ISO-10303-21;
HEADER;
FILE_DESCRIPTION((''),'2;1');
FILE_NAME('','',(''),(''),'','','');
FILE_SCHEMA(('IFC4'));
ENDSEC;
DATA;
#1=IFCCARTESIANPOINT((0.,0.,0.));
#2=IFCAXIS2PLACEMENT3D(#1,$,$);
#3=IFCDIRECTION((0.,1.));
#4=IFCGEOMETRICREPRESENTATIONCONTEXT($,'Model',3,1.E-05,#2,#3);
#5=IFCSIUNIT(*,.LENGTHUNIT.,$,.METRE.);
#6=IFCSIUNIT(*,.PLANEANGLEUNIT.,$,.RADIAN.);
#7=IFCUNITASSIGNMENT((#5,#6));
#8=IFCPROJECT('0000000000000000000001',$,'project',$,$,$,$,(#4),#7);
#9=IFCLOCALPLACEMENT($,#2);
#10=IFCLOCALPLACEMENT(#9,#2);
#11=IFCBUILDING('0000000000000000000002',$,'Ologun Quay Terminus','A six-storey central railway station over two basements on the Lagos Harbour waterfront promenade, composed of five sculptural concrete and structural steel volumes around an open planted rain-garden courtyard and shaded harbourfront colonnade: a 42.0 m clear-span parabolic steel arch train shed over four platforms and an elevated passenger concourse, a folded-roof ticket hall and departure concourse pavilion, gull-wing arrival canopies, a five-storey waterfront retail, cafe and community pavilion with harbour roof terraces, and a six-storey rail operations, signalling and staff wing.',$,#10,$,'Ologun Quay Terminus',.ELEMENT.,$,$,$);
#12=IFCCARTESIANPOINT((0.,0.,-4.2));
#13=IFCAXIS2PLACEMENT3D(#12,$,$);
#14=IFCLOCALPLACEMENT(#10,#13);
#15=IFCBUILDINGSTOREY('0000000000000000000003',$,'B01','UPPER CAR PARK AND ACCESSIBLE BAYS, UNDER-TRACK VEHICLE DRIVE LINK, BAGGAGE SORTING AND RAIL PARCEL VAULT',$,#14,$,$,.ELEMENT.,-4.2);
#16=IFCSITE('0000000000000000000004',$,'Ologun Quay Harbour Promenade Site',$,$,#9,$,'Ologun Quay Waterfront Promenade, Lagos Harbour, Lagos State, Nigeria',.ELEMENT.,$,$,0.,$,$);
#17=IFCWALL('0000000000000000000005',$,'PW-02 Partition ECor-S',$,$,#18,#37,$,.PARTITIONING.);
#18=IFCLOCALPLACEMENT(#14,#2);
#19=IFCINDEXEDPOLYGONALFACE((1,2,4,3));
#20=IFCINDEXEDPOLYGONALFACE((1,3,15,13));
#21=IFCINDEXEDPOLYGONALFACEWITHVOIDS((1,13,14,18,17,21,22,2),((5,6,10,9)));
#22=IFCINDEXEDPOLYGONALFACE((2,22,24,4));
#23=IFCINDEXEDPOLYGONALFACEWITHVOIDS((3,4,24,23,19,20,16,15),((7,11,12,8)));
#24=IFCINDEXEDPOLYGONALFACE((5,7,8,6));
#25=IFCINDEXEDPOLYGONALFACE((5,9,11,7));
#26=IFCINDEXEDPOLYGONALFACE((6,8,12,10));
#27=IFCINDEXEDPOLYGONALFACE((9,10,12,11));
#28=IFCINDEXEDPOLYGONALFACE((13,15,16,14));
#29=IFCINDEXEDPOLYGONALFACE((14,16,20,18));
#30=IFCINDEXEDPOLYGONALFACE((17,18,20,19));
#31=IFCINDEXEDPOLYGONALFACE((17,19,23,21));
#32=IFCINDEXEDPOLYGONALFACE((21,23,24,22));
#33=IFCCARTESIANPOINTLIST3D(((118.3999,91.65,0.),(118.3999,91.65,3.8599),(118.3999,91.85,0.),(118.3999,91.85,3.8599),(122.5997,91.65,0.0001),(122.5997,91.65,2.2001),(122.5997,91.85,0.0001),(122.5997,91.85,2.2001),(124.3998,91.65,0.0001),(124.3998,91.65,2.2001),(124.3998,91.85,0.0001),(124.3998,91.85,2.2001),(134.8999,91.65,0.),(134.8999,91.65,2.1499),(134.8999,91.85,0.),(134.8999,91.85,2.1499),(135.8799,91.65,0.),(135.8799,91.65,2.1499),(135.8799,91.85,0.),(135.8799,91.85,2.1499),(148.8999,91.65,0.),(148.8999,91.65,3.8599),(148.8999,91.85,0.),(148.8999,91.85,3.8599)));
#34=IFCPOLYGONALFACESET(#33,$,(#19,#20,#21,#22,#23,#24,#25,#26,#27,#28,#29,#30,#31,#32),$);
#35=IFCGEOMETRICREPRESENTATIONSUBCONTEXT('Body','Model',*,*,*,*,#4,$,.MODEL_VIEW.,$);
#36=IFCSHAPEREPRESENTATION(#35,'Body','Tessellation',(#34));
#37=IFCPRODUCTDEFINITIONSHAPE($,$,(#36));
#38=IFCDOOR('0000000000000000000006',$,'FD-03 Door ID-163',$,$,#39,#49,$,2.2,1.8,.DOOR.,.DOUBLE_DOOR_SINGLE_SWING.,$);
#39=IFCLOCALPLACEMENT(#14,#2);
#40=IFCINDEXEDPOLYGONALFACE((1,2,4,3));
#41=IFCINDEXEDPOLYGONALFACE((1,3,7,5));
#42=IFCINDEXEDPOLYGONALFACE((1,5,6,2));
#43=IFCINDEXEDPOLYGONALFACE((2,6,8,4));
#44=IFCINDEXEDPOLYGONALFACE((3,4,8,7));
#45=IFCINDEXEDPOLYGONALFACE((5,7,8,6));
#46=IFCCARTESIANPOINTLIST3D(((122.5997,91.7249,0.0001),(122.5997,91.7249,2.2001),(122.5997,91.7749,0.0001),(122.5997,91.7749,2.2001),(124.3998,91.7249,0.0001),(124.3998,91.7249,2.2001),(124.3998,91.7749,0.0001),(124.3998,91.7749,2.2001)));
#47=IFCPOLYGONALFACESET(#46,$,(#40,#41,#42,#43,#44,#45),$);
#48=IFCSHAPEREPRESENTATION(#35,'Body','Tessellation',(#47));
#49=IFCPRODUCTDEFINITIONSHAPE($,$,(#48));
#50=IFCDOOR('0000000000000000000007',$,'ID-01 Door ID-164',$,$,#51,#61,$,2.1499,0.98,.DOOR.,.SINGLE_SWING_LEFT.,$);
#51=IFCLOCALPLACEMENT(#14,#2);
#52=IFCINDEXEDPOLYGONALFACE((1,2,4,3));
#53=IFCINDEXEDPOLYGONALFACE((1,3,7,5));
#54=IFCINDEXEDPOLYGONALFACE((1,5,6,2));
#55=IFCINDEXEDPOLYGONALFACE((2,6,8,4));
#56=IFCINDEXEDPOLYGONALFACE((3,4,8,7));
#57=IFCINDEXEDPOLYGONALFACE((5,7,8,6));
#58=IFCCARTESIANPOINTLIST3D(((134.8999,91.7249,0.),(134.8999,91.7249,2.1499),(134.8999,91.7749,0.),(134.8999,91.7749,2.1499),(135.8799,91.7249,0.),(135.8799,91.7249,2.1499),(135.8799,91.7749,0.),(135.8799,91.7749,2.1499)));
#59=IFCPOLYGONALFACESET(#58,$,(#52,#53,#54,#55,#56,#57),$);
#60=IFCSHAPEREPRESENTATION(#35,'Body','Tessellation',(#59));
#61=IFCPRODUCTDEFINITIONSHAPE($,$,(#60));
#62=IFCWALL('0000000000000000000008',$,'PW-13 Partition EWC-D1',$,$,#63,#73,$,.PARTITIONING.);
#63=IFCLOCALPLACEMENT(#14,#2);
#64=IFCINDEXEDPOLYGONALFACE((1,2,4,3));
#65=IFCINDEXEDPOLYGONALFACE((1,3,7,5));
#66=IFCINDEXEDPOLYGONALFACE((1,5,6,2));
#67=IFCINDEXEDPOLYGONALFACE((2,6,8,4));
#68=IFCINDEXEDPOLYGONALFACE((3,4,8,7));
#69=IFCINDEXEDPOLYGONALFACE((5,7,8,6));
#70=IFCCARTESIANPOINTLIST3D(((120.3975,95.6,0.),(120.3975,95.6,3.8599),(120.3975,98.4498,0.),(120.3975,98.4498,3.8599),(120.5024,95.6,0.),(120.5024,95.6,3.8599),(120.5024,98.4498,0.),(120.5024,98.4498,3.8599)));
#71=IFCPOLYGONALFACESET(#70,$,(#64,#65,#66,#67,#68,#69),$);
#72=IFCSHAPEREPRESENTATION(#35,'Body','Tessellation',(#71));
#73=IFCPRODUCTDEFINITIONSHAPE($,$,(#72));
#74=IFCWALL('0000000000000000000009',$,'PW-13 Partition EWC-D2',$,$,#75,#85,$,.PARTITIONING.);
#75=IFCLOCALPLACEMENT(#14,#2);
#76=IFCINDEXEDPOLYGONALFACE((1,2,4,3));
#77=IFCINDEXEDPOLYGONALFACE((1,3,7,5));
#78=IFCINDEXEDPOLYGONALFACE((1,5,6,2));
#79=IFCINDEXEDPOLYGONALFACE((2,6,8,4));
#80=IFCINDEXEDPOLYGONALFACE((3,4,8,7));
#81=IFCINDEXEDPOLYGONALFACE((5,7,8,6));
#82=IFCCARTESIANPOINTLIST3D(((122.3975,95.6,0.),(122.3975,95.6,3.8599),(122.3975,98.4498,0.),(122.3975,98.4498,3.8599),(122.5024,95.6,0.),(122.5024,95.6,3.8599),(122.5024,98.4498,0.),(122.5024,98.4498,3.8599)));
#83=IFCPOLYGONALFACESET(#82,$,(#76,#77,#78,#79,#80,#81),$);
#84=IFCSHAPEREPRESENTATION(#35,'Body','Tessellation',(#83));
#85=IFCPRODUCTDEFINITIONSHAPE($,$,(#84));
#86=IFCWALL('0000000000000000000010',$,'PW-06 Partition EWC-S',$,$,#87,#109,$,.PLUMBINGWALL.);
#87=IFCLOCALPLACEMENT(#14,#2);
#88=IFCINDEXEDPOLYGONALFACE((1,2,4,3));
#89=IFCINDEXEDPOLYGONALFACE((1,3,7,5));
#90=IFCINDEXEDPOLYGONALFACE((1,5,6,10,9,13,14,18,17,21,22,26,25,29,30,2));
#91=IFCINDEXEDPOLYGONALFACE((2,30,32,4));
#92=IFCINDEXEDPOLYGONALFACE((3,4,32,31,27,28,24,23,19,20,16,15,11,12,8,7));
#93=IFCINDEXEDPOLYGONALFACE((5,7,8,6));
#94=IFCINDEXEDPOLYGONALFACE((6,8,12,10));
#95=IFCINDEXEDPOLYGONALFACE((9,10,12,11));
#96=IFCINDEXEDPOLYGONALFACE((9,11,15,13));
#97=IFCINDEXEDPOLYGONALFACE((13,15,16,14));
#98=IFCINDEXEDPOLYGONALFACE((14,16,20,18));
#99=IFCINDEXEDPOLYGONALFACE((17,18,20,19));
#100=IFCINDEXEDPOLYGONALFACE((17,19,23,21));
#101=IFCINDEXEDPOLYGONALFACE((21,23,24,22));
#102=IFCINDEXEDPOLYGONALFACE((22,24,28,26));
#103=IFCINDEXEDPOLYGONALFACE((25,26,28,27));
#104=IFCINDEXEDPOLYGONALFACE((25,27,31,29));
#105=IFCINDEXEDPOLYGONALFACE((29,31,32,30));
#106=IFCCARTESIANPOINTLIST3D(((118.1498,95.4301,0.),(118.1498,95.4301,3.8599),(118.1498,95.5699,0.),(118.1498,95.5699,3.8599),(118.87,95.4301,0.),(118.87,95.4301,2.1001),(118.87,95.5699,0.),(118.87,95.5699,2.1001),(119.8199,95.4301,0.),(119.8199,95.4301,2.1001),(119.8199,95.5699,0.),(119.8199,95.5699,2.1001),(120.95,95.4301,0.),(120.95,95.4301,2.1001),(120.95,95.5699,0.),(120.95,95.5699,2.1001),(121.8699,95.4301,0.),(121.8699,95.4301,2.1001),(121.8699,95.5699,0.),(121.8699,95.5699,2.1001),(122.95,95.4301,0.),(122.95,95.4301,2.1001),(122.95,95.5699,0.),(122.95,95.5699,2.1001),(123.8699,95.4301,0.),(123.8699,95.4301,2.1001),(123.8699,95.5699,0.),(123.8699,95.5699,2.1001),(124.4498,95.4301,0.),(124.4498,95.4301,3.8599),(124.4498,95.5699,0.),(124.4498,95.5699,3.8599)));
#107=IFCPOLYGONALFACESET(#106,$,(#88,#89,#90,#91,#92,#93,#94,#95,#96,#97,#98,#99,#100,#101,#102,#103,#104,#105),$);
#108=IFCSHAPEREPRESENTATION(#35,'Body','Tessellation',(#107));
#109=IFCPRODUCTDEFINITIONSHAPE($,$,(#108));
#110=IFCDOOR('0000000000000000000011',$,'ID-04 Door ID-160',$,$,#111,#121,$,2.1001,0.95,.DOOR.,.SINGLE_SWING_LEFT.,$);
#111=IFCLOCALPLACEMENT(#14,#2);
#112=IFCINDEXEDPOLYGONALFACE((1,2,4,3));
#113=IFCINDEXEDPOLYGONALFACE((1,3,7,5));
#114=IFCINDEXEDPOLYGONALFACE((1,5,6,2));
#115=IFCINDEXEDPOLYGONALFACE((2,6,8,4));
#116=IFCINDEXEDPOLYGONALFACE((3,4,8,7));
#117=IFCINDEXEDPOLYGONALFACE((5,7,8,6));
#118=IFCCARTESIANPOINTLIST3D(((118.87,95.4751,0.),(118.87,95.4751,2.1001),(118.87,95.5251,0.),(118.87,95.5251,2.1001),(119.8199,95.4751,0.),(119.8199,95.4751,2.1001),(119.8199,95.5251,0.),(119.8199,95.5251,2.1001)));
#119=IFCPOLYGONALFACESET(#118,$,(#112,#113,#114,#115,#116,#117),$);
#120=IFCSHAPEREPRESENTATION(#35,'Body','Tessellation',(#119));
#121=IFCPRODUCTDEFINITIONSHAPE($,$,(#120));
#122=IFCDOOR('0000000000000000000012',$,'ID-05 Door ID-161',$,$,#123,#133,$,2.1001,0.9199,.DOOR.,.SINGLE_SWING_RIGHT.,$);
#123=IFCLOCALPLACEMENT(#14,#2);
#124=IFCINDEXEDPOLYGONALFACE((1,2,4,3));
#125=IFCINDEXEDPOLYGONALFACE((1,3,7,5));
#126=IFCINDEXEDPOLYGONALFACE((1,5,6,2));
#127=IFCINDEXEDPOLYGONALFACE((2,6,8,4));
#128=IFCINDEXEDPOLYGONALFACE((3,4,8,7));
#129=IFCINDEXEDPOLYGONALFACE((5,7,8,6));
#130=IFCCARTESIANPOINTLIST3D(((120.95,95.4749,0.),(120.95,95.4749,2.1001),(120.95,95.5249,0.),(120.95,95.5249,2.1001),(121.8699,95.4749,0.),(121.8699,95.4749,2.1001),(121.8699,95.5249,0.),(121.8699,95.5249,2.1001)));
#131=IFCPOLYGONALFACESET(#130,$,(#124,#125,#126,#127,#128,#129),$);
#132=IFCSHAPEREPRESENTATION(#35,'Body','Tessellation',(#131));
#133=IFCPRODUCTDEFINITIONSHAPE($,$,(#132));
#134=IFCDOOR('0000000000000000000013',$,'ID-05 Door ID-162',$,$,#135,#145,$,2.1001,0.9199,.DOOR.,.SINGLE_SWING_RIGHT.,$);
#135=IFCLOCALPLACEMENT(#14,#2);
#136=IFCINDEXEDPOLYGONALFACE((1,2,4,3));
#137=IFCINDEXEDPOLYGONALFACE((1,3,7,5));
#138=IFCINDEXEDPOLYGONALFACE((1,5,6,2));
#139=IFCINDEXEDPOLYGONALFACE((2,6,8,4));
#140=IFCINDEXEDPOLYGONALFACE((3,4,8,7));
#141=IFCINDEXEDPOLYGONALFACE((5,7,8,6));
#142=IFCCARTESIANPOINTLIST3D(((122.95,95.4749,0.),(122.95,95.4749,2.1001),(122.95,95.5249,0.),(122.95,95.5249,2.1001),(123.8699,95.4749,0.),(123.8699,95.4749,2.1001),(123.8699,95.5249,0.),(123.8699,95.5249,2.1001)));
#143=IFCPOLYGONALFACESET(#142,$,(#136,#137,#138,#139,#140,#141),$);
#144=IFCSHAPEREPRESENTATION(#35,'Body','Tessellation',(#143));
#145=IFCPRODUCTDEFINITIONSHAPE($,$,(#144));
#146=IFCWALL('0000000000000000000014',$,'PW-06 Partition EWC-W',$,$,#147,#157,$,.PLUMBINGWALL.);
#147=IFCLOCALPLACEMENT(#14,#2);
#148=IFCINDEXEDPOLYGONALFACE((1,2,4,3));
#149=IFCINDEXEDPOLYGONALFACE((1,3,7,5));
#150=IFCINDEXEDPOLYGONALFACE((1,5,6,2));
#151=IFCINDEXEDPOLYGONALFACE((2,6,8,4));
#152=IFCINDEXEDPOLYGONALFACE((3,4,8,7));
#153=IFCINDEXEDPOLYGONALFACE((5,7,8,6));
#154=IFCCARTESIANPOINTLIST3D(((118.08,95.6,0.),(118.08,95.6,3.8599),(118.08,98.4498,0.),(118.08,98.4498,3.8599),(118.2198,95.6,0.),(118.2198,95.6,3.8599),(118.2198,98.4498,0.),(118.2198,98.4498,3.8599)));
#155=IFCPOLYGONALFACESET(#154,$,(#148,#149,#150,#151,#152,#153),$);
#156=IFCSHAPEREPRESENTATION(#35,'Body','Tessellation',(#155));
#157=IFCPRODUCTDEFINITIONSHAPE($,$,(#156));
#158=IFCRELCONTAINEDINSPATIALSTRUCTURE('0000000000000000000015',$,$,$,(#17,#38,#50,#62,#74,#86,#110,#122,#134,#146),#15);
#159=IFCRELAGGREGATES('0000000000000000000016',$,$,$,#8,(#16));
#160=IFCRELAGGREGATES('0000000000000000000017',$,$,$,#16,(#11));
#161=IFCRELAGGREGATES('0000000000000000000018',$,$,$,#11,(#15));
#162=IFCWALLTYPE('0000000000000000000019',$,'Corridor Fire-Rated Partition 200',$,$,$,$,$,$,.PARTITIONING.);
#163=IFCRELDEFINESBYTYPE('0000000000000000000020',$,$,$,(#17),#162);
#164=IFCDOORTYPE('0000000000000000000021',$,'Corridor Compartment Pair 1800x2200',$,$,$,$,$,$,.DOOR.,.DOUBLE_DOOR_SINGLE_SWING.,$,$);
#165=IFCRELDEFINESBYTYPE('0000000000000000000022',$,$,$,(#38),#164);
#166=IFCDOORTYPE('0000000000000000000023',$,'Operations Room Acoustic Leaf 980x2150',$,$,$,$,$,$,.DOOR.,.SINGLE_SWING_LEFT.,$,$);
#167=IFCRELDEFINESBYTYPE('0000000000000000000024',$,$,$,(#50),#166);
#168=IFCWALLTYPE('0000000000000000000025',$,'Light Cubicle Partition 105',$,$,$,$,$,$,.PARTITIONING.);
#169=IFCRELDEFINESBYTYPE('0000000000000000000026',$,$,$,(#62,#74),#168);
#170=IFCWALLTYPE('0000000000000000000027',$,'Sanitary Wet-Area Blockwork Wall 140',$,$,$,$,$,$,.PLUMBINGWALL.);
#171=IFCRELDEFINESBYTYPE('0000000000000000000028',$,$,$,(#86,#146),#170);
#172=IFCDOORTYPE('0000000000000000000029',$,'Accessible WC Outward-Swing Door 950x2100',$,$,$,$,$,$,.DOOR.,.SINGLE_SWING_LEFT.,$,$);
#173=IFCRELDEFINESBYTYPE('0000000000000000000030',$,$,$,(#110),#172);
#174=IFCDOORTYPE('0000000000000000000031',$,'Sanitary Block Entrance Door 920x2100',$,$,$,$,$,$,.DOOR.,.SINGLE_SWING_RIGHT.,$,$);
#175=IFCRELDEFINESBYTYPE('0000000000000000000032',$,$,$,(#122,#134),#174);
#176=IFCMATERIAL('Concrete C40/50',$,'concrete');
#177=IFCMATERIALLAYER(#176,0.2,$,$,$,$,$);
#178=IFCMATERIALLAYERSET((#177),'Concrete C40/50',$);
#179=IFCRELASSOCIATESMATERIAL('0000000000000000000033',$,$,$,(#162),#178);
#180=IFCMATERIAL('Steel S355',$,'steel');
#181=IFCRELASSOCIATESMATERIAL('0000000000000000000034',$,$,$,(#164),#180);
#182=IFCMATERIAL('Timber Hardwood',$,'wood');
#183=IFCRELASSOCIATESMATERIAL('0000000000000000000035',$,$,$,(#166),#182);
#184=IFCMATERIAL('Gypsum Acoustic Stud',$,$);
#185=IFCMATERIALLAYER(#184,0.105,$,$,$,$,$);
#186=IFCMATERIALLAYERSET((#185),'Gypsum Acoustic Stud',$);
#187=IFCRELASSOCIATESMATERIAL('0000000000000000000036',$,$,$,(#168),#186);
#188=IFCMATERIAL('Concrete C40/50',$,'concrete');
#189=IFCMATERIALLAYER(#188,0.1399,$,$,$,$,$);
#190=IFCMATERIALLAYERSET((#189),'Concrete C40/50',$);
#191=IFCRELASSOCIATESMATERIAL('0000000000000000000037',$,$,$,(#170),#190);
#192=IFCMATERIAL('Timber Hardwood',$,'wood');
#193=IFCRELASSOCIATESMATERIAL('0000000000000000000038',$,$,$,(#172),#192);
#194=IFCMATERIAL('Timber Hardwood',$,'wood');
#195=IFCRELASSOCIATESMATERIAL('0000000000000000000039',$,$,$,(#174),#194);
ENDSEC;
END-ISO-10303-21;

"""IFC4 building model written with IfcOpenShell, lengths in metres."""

from ifc_helpers import new_model, si_unit, direction, frame, frame_2d, origin, place, context, subcontext, project, spatial, rectangle, extrude, material, layer, layer_set, type_object, element, fill, save


model = new_model("IFC4")

# Units and contexts
model_context = context("Model", 3, precision=1e-05, world=origin(), true_north=direction((0.0, 1.0)))
body_context = subcontext(model_context, "Body", "Model", "MODEL_VIEW")
ifc_project = project(units=[si_unit("LENGTHUNIT", "METRE"), si_unit("PLANEANGLEUNIT", "RADIAN")], contexts=[model_context])

# Site, building, storey
site_placement = place(None, origin())
site = spatial("IfcSite", under=ifc_project, at=site_placement, Name="Ologun Quay Harbour Promenade Site", LongName="Ologun Quay Waterfront Promenade, Lagos Harbour, Lagos State, Nigeria", CompositionType="ELEMENT", RefElevation=0.0)
building_placement = place(site_placement, origin())
building = spatial("IfcBuilding", under=site, at=building_placement, Name="Ologun Quay Terminus", Description="A six-storey central railway station over two basements on the Lagos Harbour waterfront promenade, composed of five sculptural concrete and structural steel volumes around an open planted rain-garden courtyard and shaded harbourfront colonnade: a 42.0 m clear-span parabolic steel arch train shed over four platforms and an elevated passenger concourse, a folded-roof ticket hall and departure concourse pavilion, gull-wing arrival canopies, a five-storey waterfront retail, cafe and community pavilion with harbour roof terraces, and a six-storey rail operations, signalling and staff wing.", LongName="Ologun Quay Terminus", CompositionType="ELEMENT")
storey_placement = place(building_placement, frame((0.0, 0.0, -4.2)))
storey = spatial("IfcBuildingStorey", under=building, at=storey_placement, Name="B01", Description="UPPER CAR PARK AND ACCESSIBLE BAYS, UNDER-TRACK VEHICLE DRIVE LINK, BAGGAGE SORTING AND RAIL PARCEL VAULT", CompositionType="ELEMENT", Elevation=-4.2)

# Wall, openings, doors
ifc_material_1 = material(Name="Concrete C40/50", Category="concrete")
ifc_layer_1 = layer(ifc_material_1, 0.2)
ifc_layer_set_1 = layer_set([ifc_layer_1], Name="Concrete C40/50")
wall_type_1 = type_object("IfcWallType", Name="Corridor Fire-Rated Partition 200", PredefinedType="PARTITIONING", material=ifc_layer_set_1)
wall_1_placement = place(storey_placement, frame((118.3999, 91.75, 0.0), z_axis=(0.0, 0.0, 1.0), x_axis=(1.0, 0.0, 0.0)))
wall_1 = element("IfcWall", 1, at=wall_1_placement, inside=storey, type_object=wall_type_1, Name="PW-02 Partition ECor-S", PredefinedType="PARTITIONING", context=body_context, shape_type="SweptSolid", body=[
    extrude(rectangle(XDim=30.5, YDim=0.2, at=frame_2d((15.25, 0.0))), origin(), (0.0, 0.0, 1.0), 3.8599),
])
opening_1_placement = place(wall_1_placement, frame((4.2, 0.0, 0.0)))
opening_1 = element("IfcOpeningElement", 2, at=opening_1_placement, cuts=wall_1, PredefinedType="OPENING", context=body_context, shape_type="SweptSolid", body=[
    extrude(rectangle(XDim=1.8, YDim=2.2, at=frame_2d((0.8999, 1.1001))), frame((0.0, 0.1099, 0.0), z_axis=(0.0, -1.0, 0.0), x_axis=(1.0, 0.0, 0.0)), (0.0, 0.0, 1.0), 0.22),
])
opening_2_placement = place(wall_1_placement, frame((16.5, 0.0, 0.0)))
opening_2 = element("IfcOpeningElement", 3, at=opening_2_placement, cuts=wall_1, PredefinedType="OPENING", context=body_context, shape_type="SweptSolid", body=[
    extrude(rectangle(XDim=0.98, YDim=2.1499, at=frame_2d((0.49, 1.075))), frame((0.0, 0.1099, 0.0), z_axis=(0.0, -1.0, 0.0), x_axis=(1.0, 0.0, 0.0)), (0.0, 0.0, 1.0), 0.22),
])
ifc_material_2 = material(Name="Steel S355", Category="steel")
door_type_1 = type_object("IfcDoorType", Name="Corridor Compartment Pair 1800x2200", OperationType="DOUBLE_DOOR_SINGLE_SWING", PredefinedType="DOOR", material=ifc_material_2)
door_1_placement = place(opening_1_placement, origin())
door_1 = element("IfcDoor", 4, at=door_1_placement, inside=storey, type_object=door_type_1, Name="FD-03 Door ID-163", OperationType="DOUBLE_DOOR_SINGLE_SWING", OverallHeight=2.2, OverallWidth=1.8, PredefinedType="DOOR", context=body_context, shape_type="SweptSolid", body=[
    extrude(rectangle(XDim=1.8, YDim=2.2, at=frame_2d((0.8999, 1.1001))), frame((0.0, 0.0249, 0.0), z_axis=(0.0, -1.0, 0.0), x_axis=(1.0, 0.0, 0.0)), (0.0, 0.0, 1.0), 0.05),
])
fill(opening_1, door_1)
ifc_material_3 = material(Name="Timber Hardwood", Category="wood")
door_type_2 = type_object("IfcDoorType", Name="Operations Room Acoustic Leaf 980x2150", OperationType="SINGLE_SWING_LEFT", PredefinedType="DOOR", material=ifc_material_3)
door_2_placement = place(opening_2_placement, origin())
door_2 = element("IfcDoor", 5, at=door_2_placement, inside=storey, type_object=door_type_2, Name="ID-01 Door ID-164", OperationType="SINGLE_SWING_LEFT", OverallHeight=2.1499, OverallWidth=0.98, PredefinedType="DOOR", context=body_context, shape_type="SweptSolid", body=[
    extrude(rectangle(XDim=0.98, YDim=2.1499, at=frame_2d((0.49, 1.075))), frame((0.0, 0.0249, 0.0), z_axis=(0.0, -1.0, 0.0), x_axis=(1.0, 0.0, 0.0)), (0.0, 0.0, 1.0), 0.05),
])
fill(opening_2, door_2)

# Walls
ifc_material_4 = material(Name="Gypsum Acoustic Stud")
ifc_layer_2 = layer(ifc_material_4, 0.105)
ifc_layer_set_2 = layer_set([ifc_layer_2], Name="Gypsum Acoustic Stud")
wall_type_2 = type_object("IfcWallType", Name="Light Cubicle Partition 105", PredefinedType="PARTITIONING", material=ifc_layer_set_2)
for number, where, z_axis, x_axis, name in (
    (6, (120.45, 95.6001, 0.0), (0.0, 0.0, 1.0), (0.0, 1.0, 0.0), "PW-13 Partition EWC-D1"),
    (7, (122.45, 95.6001, 0.0), (0.0, 0.0, 1.0), (0.0, 1.0, 0.0), "PW-13 Partition EWC-D2"),
):
    element("IfcWall", number, at=place(storey_placement, frame(where, z_axis=z_axis, x_axis=x_axis)), inside=storey, type_object=wall_type_2, Name=name, PredefinedType="PARTITIONING", context=body_context, shape_type="SweptSolid", body=[
        extrude(rectangle(XDim=2.8499, YDim=0.105, at=frame_2d((1.4248, 0.0))), origin(), (0.0, 0.0, 1.0), 3.8599),
    ])

# Wall, openings, doors
ifc_material_5 = material(Name="Concrete C40/50", Category="concrete")
ifc_layer_3 = layer(ifc_material_5, 0.1399)
ifc_layer_set_3 = layer_set([ifc_layer_3], Name="Concrete C40/50")
wall_type_3 = type_object("IfcWallType", Name="Sanitary Wet-Area Blockwork Wall 140", PredefinedType="PLUMBINGWALL", material=ifc_layer_set_3)
wall_2_placement = place(storey_placement, frame((118.1499, 95.5, 0.0), z_axis=(0.0, 0.0, 1.0), x_axis=(1.0, 0.0, 0.0)))
wall_2 = element("IfcWall", 8, at=wall_2_placement, inside=storey, type_object=wall_type_3, Name="PW-06 Partition EWC-S", PredefinedType="PLUMBINGWALL", context=body_context, shape_type="SweptSolid", body=[
    extrude(rectangle(XDim=6.3, YDim=0.1399, at=frame_2d((3.1499, 0.0))), origin(), (0.0, 0.0, 1.0), 3.8599),
])
opening_3_placement = place(wall_2_placement, frame((0.72, 0.0, 0.0)))
opening_3 = element("IfcOpeningElement", 9, at=opening_3_placement, cuts=wall_2, PredefinedType="OPENING", context=body_context, shape_type="SweptSolid", body=[
    extrude(rectangle(XDim=0.95, YDim=2.1001, at=frame_2d((0.4751, 1.05))), frame((0.0, 0.0801, 0.0), z_axis=(0.0, -1.0, 0.0), x_axis=(1.0, 0.0, 0.0)), (0.0, 0.0, 1.0), 0.1599),
])
opening_4_placement = place(wall_2_placement, frame((2.8, 0.0, 0.0)))
opening_4 = element("IfcOpeningElement", 10, at=opening_4_placement, cuts=wall_2, PredefinedType="OPENING", context=body_context, shape_type="SweptSolid", body=[
    extrude(rectangle(XDim=0.9199, YDim=2.1001, at=frame_2d((0.46, 1.05))), frame((0.0, 0.0801, 0.0), z_axis=(0.0, -1.0, 0.0), x_axis=(1.0, 0.0, 0.0)), (0.0, 0.0, 1.0), 0.1599),
])
opening_5_placement = place(wall_2_placement, frame((4.8, 0.0, 0.0)))
opening_5 = element("IfcOpeningElement", 11, at=opening_5_placement, cuts=wall_2, PredefinedType="OPENING", context=body_context, shape_type="SweptSolid", body=[
    extrude(rectangle(XDim=0.9199, YDim=2.1001, at=frame_2d((0.46, 1.05))), frame((0.0, 0.0801, 0.0), z_axis=(0.0, -1.0, 0.0), x_axis=(1.0, 0.0, 0.0)), (0.0, 0.0, 1.0), 0.1599),
])
ifc_material_6 = material(Name="Timber Hardwood", Category="wood")
door_type_3 = type_object("IfcDoorType", Name="Accessible WC Outward-Swing Door 950x2100", OperationType="SINGLE_SWING_LEFT", PredefinedType="DOOR", material=ifc_material_6)
door_3_placement = place(opening_3_placement, frame((0.4751, 0.0, 0.0), z_axis=(0.0, 0.0, 1.0), x_axis=(-1.0, 0.0, 0.0)))
door_3 = element("IfcDoor", 12, at=door_3_placement, inside=storey, type_object=door_type_3, Name="ID-04 Door ID-160", OperationType="SINGLE_SWING_LEFT", OverallHeight=2.1001, OverallWidth=0.95, PredefinedType="DOOR", context=body_context, shape_type="SweptSolid", body=[
    extrude(rectangle(XDim=0.95, YDim=2.1001, at=frame_2d((0.0, 1.05))), frame((0.0, 0.0249, 0.0), z_axis=(0.0, -1.0, 0.0), x_axis=(1.0, 0.0, 0.0)), (0.0, 0.0, 1.0), 0.05),
])
fill(opening_3, door_3)
ifc_material_7 = material(Name="Timber Hardwood", Category="wood")
door_type_4 = type_object("IfcDoorType", Name="Sanitary Block Entrance Door 920x2100", OperationType="SINGLE_SWING_RIGHT", PredefinedType="DOOR", material=ifc_material_7)
door_4_placement = place(opening_4_placement, origin())
door_4 = element("IfcDoor", 13, at=door_4_placement, inside=storey, type_object=door_type_4, Name="ID-05 Door ID-161", OperationType="SINGLE_SWING_RIGHT", OverallHeight=2.1001, OverallWidth=0.9199, PredefinedType="DOOR", context=body_context, shape_type="SweptSolid", body=[
    extrude(rectangle(XDim=0.9199, YDim=2.1001, at=frame_2d((0.46, 1.05))), frame((0.0, 0.0249, 0.0), z_axis=(0.0, -1.0, 0.0), x_axis=(1.0, 0.0, 0.0)), (0.0, 0.0, 1.0), 0.05),
])
fill(opening_4, door_4)
door_5_placement = place(opening_5_placement, origin())
door_5 = element("IfcDoor", 14, at=door_5_placement, inside=storey, type_object=door_type_4, Name="ID-05 Door ID-162", OperationType="SINGLE_SWING_RIGHT", OverallHeight=2.1001, OverallWidth=0.9199, PredefinedType="DOOR", context=body_context, shape_type="SweptSolid", body=[
    extrude(rectangle(XDim=0.9199, YDim=2.1001, at=frame_2d((0.46, 1.05))), frame((0.0, 0.0249, 0.0), z_axis=(0.0, -1.0, 0.0), x_axis=(1.0, 0.0, 0.0)), (0.0, 0.0, 1.0), 0.05),
])
fill(opening_5, door_5)

# Wall
wall_3_placement = place(storey_placement, frame((118.1499, 95.6001, 0.0), z_axis=(0.0, 0.0, 1.0), x_axis=(0.0, 1.0, 0.0)))
element("IfcWall", 15, at=wall_3_placement, inside=storey, type_object=wall_type_3, Name="PW-06 Partition EWC-W", PredefinedType="PLUMBINGWALL", context=body_context, shape_type="SweptSolid", body=[
    extrude(rectangle(XDim=2.8499, YDim=0.1399, at=frame_2d((1.4248, 0.0))), origin(), (0.0, 0.0, 1.0), 3.8599),
])

save(model, "model.ifc")
